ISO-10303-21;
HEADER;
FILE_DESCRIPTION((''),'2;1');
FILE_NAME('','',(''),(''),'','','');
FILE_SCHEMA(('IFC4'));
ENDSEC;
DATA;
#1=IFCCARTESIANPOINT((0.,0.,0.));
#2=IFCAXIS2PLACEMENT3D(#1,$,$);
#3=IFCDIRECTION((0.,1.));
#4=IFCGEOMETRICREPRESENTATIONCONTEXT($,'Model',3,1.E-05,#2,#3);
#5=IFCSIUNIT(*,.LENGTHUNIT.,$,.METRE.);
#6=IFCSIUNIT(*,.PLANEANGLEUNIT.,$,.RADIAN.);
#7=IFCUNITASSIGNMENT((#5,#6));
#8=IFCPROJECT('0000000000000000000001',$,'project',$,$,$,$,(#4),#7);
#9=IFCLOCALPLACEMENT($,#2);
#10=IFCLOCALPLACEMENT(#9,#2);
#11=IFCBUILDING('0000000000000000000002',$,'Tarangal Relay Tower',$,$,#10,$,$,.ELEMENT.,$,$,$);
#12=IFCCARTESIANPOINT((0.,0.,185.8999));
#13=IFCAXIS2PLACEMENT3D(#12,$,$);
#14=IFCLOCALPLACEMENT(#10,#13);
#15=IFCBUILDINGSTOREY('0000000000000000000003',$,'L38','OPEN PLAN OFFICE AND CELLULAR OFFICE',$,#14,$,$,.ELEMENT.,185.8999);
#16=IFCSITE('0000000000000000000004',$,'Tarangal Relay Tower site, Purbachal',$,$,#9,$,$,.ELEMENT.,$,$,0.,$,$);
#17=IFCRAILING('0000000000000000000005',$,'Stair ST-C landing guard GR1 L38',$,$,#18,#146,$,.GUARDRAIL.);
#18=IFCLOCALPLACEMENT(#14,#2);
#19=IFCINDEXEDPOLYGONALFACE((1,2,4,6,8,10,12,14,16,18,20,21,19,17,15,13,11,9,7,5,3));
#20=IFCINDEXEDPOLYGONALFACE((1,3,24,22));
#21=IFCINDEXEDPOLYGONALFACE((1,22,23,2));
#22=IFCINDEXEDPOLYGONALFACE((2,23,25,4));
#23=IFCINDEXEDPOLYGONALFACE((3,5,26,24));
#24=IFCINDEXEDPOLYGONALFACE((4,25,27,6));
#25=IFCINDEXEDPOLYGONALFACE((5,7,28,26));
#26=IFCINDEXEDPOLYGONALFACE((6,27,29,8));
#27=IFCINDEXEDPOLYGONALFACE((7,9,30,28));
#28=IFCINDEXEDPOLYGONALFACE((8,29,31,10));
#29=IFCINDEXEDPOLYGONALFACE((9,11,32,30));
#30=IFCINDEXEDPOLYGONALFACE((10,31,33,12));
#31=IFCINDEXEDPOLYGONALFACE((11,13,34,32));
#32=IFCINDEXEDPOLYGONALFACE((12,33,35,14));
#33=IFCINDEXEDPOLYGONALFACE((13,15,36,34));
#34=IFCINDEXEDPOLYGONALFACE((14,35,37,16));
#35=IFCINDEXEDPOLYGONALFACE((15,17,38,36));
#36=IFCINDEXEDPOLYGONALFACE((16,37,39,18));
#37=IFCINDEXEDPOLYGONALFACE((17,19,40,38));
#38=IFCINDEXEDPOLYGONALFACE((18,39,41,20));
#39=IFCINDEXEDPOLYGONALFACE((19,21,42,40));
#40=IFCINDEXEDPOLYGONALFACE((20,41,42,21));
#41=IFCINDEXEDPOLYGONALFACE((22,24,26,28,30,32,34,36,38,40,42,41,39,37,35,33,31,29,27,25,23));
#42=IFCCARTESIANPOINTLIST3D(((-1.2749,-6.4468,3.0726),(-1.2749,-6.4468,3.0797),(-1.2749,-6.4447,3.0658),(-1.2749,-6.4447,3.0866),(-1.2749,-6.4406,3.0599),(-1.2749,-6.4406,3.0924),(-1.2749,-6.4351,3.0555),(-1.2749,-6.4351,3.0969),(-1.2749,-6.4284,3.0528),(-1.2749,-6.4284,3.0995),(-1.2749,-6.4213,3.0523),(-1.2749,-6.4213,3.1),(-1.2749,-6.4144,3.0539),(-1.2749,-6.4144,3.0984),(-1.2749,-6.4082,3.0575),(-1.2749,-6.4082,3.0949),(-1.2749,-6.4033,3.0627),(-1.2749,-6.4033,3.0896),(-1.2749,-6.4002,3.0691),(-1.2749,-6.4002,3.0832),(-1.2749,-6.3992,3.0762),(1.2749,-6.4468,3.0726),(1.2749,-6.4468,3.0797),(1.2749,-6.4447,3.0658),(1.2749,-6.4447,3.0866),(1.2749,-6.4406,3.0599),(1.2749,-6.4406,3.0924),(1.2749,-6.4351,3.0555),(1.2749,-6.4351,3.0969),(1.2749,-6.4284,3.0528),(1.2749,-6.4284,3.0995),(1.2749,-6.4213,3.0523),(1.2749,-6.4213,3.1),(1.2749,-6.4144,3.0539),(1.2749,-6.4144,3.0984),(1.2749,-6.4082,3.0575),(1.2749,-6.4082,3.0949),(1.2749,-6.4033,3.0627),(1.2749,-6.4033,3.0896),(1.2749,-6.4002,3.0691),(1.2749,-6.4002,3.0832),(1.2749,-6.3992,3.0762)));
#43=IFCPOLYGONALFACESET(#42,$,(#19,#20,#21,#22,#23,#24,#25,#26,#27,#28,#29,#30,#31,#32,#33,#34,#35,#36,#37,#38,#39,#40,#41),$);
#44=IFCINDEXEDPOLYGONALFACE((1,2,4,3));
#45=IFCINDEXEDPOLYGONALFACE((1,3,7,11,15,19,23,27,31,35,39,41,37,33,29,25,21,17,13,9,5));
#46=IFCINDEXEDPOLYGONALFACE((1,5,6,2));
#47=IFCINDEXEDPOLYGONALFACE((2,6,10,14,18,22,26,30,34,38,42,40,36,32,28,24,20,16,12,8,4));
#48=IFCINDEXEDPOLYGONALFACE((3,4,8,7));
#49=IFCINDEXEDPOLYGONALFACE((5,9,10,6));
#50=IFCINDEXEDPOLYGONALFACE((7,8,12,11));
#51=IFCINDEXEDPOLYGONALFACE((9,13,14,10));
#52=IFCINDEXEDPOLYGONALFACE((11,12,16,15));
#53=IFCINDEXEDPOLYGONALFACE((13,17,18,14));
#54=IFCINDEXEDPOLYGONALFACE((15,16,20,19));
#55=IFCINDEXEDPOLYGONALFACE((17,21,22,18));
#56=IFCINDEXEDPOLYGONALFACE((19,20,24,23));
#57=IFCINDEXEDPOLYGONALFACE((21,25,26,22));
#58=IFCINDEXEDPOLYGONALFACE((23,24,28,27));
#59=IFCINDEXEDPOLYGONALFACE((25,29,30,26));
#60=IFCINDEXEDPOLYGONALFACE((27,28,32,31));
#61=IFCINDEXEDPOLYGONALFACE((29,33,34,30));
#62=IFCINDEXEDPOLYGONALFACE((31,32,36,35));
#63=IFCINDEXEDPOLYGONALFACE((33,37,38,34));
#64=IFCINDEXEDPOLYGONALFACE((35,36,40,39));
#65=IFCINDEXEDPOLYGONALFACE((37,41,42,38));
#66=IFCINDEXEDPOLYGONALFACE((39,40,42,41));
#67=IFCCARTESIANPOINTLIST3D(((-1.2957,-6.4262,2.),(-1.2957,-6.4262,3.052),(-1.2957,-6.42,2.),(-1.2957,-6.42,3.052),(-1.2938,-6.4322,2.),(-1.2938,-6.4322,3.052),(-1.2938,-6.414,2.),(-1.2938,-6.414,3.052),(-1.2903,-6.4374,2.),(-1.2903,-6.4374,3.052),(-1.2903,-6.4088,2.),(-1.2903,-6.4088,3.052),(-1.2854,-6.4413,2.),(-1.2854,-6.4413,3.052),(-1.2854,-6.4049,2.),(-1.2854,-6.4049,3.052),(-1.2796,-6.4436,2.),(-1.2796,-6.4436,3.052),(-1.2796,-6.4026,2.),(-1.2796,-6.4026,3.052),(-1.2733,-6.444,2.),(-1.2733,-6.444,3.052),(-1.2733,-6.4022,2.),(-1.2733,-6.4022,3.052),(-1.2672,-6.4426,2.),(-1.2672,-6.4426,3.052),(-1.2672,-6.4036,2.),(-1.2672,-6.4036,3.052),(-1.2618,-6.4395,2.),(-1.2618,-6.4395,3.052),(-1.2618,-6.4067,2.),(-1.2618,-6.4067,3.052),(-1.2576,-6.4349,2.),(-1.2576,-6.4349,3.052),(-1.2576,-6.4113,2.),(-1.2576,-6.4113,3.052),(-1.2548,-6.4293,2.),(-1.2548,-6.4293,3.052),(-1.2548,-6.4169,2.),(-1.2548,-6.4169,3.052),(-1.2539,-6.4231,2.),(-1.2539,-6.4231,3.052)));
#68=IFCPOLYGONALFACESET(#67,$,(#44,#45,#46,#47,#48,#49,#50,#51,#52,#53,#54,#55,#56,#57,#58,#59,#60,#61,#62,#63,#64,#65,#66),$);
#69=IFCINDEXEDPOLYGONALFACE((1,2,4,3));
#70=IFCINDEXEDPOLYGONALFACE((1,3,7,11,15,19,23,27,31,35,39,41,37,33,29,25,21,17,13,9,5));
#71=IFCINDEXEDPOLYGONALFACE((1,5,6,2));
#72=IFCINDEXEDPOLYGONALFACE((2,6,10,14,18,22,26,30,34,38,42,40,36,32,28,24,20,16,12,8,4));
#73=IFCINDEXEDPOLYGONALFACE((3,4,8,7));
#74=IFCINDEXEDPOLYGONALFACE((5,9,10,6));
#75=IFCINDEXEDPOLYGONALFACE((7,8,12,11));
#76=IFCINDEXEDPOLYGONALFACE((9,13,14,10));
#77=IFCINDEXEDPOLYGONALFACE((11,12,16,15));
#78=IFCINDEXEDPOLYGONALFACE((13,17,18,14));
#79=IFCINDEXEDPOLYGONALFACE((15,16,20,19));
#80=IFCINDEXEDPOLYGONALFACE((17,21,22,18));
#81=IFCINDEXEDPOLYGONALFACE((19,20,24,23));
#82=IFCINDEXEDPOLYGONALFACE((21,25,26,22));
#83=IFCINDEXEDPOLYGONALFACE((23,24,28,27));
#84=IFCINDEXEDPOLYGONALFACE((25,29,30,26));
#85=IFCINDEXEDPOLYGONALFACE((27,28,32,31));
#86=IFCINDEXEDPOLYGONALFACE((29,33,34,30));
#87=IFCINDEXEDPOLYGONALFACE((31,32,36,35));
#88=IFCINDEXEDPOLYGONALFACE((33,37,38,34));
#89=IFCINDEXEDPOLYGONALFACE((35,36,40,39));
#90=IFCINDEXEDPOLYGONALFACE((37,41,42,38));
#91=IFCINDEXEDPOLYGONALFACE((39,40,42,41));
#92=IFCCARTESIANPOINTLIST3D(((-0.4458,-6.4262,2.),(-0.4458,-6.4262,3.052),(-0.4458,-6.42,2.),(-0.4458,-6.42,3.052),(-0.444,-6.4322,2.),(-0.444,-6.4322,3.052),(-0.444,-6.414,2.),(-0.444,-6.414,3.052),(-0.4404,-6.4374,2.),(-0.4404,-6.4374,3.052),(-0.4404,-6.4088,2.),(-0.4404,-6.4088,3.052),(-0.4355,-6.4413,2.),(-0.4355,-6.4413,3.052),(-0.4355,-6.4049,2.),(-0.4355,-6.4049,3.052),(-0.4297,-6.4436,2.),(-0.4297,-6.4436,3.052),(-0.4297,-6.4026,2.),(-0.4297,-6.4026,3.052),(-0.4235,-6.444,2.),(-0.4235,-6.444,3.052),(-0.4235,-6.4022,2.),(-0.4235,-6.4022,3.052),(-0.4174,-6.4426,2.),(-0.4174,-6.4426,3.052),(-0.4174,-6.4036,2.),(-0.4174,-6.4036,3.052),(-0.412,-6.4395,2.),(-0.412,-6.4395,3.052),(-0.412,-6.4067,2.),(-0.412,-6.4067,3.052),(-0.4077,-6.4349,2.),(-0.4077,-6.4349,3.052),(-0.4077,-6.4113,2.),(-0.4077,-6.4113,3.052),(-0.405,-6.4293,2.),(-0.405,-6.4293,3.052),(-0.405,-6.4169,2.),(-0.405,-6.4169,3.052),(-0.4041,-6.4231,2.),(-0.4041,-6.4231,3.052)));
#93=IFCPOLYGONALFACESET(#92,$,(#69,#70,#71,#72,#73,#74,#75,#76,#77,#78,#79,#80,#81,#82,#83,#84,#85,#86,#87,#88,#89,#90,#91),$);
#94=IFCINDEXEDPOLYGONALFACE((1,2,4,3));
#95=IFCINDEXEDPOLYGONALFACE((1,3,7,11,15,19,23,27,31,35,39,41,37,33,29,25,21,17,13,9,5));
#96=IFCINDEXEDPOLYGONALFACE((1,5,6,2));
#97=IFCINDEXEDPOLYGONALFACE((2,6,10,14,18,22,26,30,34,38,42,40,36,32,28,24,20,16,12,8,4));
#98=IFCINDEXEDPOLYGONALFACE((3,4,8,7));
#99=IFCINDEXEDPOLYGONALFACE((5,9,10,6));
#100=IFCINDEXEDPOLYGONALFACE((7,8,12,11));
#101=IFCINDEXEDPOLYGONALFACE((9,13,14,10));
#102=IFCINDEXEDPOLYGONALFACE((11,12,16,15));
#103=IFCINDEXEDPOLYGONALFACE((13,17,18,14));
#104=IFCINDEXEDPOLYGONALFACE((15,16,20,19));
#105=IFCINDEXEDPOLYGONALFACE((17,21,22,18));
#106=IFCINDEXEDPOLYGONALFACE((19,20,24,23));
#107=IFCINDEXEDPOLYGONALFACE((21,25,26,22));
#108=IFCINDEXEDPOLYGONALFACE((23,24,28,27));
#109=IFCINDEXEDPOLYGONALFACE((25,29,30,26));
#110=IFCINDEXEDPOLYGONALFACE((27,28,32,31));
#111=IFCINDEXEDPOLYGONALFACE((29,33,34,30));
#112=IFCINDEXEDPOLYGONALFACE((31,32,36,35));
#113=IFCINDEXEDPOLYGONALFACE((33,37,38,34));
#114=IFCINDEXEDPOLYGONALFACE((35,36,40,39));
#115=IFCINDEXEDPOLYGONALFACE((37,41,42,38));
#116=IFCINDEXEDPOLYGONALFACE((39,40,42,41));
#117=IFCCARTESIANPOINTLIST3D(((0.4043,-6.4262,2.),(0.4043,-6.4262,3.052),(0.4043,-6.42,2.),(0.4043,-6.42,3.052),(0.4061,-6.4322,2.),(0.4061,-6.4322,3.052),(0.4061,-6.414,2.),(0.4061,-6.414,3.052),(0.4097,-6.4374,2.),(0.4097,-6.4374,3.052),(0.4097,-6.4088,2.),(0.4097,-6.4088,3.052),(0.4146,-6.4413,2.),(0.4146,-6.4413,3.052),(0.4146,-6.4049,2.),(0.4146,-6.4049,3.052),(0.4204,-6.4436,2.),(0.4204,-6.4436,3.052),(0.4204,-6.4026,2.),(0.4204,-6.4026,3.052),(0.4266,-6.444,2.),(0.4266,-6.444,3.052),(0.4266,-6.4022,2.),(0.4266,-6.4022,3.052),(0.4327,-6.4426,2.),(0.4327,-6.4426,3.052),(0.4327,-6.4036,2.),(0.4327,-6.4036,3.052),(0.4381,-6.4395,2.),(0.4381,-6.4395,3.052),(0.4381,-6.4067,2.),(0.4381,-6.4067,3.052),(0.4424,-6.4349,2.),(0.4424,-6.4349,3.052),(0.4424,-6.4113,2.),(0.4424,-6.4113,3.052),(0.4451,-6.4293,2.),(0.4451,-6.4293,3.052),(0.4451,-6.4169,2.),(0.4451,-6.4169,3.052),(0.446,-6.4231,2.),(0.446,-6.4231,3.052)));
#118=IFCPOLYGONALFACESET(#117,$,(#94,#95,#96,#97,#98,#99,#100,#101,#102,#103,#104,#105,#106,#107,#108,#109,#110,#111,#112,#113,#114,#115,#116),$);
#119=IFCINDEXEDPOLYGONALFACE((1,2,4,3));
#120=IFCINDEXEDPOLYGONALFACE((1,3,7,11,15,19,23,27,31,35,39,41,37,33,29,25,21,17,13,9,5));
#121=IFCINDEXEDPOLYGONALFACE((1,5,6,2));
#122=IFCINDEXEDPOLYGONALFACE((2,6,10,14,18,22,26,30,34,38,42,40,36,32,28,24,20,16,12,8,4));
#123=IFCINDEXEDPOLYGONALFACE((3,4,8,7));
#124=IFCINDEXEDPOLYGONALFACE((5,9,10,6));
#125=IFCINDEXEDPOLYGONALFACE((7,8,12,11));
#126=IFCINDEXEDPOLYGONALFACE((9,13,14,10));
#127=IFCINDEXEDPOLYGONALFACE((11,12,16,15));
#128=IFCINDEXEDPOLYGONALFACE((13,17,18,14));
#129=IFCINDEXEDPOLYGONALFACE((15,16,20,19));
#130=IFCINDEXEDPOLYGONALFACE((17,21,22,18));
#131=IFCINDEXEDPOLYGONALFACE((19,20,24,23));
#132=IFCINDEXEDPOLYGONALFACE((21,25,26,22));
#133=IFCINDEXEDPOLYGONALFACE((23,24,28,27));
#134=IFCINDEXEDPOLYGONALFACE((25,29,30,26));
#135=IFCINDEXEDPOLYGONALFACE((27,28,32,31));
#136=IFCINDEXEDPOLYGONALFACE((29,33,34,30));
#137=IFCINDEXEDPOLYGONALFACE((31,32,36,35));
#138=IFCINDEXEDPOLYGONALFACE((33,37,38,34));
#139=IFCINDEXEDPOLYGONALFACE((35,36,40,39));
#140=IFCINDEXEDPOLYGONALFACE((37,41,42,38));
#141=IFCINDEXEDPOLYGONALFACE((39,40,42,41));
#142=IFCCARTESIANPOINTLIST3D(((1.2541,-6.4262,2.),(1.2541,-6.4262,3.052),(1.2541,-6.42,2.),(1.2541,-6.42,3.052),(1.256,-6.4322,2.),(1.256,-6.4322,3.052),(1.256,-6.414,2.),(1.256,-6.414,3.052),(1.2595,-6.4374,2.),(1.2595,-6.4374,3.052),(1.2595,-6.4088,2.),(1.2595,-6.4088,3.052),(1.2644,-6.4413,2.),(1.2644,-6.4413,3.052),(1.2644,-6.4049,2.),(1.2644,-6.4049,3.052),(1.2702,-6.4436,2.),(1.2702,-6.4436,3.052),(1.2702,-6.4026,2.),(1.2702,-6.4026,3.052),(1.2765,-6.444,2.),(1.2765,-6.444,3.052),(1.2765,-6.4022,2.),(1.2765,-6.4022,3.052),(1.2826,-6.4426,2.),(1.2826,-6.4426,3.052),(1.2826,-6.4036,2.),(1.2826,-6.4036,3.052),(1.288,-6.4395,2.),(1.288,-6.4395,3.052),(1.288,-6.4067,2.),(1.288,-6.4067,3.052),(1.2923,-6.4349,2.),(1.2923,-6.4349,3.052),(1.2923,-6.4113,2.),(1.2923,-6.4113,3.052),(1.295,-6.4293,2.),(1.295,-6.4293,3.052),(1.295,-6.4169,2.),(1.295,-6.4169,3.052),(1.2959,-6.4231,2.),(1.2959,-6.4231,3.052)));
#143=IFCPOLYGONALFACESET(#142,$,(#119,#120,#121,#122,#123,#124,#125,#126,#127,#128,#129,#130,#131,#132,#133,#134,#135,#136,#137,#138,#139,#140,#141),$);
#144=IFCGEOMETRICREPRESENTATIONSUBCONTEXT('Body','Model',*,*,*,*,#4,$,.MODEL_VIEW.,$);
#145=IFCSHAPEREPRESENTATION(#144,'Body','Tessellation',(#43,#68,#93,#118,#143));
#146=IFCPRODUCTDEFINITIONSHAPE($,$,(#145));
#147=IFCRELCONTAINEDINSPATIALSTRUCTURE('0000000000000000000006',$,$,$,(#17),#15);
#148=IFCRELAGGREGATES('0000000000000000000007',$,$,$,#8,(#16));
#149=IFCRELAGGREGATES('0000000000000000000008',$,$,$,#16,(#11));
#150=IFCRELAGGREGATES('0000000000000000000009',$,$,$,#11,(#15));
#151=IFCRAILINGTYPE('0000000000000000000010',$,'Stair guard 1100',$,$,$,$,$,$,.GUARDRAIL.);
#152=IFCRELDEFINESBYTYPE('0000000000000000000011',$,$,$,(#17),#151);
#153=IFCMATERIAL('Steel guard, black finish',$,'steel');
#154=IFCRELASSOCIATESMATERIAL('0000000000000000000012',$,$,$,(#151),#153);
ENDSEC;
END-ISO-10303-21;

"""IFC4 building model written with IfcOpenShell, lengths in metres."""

from ifc_helpers import new_model, si_unit, direction, frame, origin, origin_2d, place, context, subcontext, project, spatial, circle, extrude, material, type_object, element, save


model = new_model("IFC4")

# Units and contexts
model_context = context("Model", 3, precision=1e-05, world=origin(), true_north=direction((0.0, 1.0)))
body_context = subcontext(model_context, "Body", "Model", "MODEL_VIEW")
ifc_project = project(units=[si_unit("LENGTHUNIT", "METRE"), si_unit("PLANEANGLEUNIT", "RADIAN")], contexts=[model_context])

# Site, building, storey
site_placement = place(None, origin())
site = spatial("IfcSite", under=ifc_project, at=site_placement, Name="Tarangal Relay Tower site, Purbachal", CompositionType="ELEMENT", RefElevation=0.0)
building_placement = place(site_placement, origin())
building = spatial("IfcBuilding", under=site, at=building_placement, Name="Tarangal Relay Tower", CompositionType="ELEMENT")
storey_placement = place(building_placement, frame((0.0, 0.0, 185.8999)))
storey = spatial("IfcBuildingStorey", under=building, at=storey_placement, Name="L38", Description="OPEN PLAN OFFICE AND CELLULAR OFFICE", CompositionType="ELEMENT", Elevation=185.8999)

# Railing
ifc_material_1 = material(Name="Steel guard, black finish", Category="steel")
railing_type_1 = type_object("IfcRailingType", Name="Stair guard 1100", PredefinedType="GUARDRAIL", material=ifc_material_1)
for number, where, name in (
    (1, (-1.2749, -6.4231, 2.0), "Stair ST-C landing guard GR1 L38"),
):
    element("IfcRailing", number, at=place(storey_placement, frame(where)), inside=storey, type_object=railing_type_1, Name=name, PredefinedType="GUARDRAIL", context=body_context, shape_type="SweptSolid", body=[
        extrude(circle(Radius=0.0239, at=origin_2d()), frame((0.0, 0.0, 1.0762), z_axis=(1.0, 0.0, 0.0), x_axis=(0.0, 1.0, 0.0)), (0.0, 0.0, 1.0), 2.5498),
        extrude(circle(Radius=0.021, at=origin_2d()), origin(), (0.0, 0.0, 1.0), 1.052),
        extrude(circle(Radius=0.021, at=origin_2d()), frame((0.8499, 0.0, 0.0)), (0.0, 0.0, 1.0), 1.052),
        extrude(circle(Radius=0.021, at=origin_2d()), frame((1.7, 0.0, 0.0)), (0.0, 0.0, 1.0), 1.052),
        extrude(circle(Radius=0.021, at=origin_2d()), frame((2.5498, 0.0, 0.0)), (0.0, 0.0, 1.0), 1.052),
    ])

save(model, "model.ifc")
